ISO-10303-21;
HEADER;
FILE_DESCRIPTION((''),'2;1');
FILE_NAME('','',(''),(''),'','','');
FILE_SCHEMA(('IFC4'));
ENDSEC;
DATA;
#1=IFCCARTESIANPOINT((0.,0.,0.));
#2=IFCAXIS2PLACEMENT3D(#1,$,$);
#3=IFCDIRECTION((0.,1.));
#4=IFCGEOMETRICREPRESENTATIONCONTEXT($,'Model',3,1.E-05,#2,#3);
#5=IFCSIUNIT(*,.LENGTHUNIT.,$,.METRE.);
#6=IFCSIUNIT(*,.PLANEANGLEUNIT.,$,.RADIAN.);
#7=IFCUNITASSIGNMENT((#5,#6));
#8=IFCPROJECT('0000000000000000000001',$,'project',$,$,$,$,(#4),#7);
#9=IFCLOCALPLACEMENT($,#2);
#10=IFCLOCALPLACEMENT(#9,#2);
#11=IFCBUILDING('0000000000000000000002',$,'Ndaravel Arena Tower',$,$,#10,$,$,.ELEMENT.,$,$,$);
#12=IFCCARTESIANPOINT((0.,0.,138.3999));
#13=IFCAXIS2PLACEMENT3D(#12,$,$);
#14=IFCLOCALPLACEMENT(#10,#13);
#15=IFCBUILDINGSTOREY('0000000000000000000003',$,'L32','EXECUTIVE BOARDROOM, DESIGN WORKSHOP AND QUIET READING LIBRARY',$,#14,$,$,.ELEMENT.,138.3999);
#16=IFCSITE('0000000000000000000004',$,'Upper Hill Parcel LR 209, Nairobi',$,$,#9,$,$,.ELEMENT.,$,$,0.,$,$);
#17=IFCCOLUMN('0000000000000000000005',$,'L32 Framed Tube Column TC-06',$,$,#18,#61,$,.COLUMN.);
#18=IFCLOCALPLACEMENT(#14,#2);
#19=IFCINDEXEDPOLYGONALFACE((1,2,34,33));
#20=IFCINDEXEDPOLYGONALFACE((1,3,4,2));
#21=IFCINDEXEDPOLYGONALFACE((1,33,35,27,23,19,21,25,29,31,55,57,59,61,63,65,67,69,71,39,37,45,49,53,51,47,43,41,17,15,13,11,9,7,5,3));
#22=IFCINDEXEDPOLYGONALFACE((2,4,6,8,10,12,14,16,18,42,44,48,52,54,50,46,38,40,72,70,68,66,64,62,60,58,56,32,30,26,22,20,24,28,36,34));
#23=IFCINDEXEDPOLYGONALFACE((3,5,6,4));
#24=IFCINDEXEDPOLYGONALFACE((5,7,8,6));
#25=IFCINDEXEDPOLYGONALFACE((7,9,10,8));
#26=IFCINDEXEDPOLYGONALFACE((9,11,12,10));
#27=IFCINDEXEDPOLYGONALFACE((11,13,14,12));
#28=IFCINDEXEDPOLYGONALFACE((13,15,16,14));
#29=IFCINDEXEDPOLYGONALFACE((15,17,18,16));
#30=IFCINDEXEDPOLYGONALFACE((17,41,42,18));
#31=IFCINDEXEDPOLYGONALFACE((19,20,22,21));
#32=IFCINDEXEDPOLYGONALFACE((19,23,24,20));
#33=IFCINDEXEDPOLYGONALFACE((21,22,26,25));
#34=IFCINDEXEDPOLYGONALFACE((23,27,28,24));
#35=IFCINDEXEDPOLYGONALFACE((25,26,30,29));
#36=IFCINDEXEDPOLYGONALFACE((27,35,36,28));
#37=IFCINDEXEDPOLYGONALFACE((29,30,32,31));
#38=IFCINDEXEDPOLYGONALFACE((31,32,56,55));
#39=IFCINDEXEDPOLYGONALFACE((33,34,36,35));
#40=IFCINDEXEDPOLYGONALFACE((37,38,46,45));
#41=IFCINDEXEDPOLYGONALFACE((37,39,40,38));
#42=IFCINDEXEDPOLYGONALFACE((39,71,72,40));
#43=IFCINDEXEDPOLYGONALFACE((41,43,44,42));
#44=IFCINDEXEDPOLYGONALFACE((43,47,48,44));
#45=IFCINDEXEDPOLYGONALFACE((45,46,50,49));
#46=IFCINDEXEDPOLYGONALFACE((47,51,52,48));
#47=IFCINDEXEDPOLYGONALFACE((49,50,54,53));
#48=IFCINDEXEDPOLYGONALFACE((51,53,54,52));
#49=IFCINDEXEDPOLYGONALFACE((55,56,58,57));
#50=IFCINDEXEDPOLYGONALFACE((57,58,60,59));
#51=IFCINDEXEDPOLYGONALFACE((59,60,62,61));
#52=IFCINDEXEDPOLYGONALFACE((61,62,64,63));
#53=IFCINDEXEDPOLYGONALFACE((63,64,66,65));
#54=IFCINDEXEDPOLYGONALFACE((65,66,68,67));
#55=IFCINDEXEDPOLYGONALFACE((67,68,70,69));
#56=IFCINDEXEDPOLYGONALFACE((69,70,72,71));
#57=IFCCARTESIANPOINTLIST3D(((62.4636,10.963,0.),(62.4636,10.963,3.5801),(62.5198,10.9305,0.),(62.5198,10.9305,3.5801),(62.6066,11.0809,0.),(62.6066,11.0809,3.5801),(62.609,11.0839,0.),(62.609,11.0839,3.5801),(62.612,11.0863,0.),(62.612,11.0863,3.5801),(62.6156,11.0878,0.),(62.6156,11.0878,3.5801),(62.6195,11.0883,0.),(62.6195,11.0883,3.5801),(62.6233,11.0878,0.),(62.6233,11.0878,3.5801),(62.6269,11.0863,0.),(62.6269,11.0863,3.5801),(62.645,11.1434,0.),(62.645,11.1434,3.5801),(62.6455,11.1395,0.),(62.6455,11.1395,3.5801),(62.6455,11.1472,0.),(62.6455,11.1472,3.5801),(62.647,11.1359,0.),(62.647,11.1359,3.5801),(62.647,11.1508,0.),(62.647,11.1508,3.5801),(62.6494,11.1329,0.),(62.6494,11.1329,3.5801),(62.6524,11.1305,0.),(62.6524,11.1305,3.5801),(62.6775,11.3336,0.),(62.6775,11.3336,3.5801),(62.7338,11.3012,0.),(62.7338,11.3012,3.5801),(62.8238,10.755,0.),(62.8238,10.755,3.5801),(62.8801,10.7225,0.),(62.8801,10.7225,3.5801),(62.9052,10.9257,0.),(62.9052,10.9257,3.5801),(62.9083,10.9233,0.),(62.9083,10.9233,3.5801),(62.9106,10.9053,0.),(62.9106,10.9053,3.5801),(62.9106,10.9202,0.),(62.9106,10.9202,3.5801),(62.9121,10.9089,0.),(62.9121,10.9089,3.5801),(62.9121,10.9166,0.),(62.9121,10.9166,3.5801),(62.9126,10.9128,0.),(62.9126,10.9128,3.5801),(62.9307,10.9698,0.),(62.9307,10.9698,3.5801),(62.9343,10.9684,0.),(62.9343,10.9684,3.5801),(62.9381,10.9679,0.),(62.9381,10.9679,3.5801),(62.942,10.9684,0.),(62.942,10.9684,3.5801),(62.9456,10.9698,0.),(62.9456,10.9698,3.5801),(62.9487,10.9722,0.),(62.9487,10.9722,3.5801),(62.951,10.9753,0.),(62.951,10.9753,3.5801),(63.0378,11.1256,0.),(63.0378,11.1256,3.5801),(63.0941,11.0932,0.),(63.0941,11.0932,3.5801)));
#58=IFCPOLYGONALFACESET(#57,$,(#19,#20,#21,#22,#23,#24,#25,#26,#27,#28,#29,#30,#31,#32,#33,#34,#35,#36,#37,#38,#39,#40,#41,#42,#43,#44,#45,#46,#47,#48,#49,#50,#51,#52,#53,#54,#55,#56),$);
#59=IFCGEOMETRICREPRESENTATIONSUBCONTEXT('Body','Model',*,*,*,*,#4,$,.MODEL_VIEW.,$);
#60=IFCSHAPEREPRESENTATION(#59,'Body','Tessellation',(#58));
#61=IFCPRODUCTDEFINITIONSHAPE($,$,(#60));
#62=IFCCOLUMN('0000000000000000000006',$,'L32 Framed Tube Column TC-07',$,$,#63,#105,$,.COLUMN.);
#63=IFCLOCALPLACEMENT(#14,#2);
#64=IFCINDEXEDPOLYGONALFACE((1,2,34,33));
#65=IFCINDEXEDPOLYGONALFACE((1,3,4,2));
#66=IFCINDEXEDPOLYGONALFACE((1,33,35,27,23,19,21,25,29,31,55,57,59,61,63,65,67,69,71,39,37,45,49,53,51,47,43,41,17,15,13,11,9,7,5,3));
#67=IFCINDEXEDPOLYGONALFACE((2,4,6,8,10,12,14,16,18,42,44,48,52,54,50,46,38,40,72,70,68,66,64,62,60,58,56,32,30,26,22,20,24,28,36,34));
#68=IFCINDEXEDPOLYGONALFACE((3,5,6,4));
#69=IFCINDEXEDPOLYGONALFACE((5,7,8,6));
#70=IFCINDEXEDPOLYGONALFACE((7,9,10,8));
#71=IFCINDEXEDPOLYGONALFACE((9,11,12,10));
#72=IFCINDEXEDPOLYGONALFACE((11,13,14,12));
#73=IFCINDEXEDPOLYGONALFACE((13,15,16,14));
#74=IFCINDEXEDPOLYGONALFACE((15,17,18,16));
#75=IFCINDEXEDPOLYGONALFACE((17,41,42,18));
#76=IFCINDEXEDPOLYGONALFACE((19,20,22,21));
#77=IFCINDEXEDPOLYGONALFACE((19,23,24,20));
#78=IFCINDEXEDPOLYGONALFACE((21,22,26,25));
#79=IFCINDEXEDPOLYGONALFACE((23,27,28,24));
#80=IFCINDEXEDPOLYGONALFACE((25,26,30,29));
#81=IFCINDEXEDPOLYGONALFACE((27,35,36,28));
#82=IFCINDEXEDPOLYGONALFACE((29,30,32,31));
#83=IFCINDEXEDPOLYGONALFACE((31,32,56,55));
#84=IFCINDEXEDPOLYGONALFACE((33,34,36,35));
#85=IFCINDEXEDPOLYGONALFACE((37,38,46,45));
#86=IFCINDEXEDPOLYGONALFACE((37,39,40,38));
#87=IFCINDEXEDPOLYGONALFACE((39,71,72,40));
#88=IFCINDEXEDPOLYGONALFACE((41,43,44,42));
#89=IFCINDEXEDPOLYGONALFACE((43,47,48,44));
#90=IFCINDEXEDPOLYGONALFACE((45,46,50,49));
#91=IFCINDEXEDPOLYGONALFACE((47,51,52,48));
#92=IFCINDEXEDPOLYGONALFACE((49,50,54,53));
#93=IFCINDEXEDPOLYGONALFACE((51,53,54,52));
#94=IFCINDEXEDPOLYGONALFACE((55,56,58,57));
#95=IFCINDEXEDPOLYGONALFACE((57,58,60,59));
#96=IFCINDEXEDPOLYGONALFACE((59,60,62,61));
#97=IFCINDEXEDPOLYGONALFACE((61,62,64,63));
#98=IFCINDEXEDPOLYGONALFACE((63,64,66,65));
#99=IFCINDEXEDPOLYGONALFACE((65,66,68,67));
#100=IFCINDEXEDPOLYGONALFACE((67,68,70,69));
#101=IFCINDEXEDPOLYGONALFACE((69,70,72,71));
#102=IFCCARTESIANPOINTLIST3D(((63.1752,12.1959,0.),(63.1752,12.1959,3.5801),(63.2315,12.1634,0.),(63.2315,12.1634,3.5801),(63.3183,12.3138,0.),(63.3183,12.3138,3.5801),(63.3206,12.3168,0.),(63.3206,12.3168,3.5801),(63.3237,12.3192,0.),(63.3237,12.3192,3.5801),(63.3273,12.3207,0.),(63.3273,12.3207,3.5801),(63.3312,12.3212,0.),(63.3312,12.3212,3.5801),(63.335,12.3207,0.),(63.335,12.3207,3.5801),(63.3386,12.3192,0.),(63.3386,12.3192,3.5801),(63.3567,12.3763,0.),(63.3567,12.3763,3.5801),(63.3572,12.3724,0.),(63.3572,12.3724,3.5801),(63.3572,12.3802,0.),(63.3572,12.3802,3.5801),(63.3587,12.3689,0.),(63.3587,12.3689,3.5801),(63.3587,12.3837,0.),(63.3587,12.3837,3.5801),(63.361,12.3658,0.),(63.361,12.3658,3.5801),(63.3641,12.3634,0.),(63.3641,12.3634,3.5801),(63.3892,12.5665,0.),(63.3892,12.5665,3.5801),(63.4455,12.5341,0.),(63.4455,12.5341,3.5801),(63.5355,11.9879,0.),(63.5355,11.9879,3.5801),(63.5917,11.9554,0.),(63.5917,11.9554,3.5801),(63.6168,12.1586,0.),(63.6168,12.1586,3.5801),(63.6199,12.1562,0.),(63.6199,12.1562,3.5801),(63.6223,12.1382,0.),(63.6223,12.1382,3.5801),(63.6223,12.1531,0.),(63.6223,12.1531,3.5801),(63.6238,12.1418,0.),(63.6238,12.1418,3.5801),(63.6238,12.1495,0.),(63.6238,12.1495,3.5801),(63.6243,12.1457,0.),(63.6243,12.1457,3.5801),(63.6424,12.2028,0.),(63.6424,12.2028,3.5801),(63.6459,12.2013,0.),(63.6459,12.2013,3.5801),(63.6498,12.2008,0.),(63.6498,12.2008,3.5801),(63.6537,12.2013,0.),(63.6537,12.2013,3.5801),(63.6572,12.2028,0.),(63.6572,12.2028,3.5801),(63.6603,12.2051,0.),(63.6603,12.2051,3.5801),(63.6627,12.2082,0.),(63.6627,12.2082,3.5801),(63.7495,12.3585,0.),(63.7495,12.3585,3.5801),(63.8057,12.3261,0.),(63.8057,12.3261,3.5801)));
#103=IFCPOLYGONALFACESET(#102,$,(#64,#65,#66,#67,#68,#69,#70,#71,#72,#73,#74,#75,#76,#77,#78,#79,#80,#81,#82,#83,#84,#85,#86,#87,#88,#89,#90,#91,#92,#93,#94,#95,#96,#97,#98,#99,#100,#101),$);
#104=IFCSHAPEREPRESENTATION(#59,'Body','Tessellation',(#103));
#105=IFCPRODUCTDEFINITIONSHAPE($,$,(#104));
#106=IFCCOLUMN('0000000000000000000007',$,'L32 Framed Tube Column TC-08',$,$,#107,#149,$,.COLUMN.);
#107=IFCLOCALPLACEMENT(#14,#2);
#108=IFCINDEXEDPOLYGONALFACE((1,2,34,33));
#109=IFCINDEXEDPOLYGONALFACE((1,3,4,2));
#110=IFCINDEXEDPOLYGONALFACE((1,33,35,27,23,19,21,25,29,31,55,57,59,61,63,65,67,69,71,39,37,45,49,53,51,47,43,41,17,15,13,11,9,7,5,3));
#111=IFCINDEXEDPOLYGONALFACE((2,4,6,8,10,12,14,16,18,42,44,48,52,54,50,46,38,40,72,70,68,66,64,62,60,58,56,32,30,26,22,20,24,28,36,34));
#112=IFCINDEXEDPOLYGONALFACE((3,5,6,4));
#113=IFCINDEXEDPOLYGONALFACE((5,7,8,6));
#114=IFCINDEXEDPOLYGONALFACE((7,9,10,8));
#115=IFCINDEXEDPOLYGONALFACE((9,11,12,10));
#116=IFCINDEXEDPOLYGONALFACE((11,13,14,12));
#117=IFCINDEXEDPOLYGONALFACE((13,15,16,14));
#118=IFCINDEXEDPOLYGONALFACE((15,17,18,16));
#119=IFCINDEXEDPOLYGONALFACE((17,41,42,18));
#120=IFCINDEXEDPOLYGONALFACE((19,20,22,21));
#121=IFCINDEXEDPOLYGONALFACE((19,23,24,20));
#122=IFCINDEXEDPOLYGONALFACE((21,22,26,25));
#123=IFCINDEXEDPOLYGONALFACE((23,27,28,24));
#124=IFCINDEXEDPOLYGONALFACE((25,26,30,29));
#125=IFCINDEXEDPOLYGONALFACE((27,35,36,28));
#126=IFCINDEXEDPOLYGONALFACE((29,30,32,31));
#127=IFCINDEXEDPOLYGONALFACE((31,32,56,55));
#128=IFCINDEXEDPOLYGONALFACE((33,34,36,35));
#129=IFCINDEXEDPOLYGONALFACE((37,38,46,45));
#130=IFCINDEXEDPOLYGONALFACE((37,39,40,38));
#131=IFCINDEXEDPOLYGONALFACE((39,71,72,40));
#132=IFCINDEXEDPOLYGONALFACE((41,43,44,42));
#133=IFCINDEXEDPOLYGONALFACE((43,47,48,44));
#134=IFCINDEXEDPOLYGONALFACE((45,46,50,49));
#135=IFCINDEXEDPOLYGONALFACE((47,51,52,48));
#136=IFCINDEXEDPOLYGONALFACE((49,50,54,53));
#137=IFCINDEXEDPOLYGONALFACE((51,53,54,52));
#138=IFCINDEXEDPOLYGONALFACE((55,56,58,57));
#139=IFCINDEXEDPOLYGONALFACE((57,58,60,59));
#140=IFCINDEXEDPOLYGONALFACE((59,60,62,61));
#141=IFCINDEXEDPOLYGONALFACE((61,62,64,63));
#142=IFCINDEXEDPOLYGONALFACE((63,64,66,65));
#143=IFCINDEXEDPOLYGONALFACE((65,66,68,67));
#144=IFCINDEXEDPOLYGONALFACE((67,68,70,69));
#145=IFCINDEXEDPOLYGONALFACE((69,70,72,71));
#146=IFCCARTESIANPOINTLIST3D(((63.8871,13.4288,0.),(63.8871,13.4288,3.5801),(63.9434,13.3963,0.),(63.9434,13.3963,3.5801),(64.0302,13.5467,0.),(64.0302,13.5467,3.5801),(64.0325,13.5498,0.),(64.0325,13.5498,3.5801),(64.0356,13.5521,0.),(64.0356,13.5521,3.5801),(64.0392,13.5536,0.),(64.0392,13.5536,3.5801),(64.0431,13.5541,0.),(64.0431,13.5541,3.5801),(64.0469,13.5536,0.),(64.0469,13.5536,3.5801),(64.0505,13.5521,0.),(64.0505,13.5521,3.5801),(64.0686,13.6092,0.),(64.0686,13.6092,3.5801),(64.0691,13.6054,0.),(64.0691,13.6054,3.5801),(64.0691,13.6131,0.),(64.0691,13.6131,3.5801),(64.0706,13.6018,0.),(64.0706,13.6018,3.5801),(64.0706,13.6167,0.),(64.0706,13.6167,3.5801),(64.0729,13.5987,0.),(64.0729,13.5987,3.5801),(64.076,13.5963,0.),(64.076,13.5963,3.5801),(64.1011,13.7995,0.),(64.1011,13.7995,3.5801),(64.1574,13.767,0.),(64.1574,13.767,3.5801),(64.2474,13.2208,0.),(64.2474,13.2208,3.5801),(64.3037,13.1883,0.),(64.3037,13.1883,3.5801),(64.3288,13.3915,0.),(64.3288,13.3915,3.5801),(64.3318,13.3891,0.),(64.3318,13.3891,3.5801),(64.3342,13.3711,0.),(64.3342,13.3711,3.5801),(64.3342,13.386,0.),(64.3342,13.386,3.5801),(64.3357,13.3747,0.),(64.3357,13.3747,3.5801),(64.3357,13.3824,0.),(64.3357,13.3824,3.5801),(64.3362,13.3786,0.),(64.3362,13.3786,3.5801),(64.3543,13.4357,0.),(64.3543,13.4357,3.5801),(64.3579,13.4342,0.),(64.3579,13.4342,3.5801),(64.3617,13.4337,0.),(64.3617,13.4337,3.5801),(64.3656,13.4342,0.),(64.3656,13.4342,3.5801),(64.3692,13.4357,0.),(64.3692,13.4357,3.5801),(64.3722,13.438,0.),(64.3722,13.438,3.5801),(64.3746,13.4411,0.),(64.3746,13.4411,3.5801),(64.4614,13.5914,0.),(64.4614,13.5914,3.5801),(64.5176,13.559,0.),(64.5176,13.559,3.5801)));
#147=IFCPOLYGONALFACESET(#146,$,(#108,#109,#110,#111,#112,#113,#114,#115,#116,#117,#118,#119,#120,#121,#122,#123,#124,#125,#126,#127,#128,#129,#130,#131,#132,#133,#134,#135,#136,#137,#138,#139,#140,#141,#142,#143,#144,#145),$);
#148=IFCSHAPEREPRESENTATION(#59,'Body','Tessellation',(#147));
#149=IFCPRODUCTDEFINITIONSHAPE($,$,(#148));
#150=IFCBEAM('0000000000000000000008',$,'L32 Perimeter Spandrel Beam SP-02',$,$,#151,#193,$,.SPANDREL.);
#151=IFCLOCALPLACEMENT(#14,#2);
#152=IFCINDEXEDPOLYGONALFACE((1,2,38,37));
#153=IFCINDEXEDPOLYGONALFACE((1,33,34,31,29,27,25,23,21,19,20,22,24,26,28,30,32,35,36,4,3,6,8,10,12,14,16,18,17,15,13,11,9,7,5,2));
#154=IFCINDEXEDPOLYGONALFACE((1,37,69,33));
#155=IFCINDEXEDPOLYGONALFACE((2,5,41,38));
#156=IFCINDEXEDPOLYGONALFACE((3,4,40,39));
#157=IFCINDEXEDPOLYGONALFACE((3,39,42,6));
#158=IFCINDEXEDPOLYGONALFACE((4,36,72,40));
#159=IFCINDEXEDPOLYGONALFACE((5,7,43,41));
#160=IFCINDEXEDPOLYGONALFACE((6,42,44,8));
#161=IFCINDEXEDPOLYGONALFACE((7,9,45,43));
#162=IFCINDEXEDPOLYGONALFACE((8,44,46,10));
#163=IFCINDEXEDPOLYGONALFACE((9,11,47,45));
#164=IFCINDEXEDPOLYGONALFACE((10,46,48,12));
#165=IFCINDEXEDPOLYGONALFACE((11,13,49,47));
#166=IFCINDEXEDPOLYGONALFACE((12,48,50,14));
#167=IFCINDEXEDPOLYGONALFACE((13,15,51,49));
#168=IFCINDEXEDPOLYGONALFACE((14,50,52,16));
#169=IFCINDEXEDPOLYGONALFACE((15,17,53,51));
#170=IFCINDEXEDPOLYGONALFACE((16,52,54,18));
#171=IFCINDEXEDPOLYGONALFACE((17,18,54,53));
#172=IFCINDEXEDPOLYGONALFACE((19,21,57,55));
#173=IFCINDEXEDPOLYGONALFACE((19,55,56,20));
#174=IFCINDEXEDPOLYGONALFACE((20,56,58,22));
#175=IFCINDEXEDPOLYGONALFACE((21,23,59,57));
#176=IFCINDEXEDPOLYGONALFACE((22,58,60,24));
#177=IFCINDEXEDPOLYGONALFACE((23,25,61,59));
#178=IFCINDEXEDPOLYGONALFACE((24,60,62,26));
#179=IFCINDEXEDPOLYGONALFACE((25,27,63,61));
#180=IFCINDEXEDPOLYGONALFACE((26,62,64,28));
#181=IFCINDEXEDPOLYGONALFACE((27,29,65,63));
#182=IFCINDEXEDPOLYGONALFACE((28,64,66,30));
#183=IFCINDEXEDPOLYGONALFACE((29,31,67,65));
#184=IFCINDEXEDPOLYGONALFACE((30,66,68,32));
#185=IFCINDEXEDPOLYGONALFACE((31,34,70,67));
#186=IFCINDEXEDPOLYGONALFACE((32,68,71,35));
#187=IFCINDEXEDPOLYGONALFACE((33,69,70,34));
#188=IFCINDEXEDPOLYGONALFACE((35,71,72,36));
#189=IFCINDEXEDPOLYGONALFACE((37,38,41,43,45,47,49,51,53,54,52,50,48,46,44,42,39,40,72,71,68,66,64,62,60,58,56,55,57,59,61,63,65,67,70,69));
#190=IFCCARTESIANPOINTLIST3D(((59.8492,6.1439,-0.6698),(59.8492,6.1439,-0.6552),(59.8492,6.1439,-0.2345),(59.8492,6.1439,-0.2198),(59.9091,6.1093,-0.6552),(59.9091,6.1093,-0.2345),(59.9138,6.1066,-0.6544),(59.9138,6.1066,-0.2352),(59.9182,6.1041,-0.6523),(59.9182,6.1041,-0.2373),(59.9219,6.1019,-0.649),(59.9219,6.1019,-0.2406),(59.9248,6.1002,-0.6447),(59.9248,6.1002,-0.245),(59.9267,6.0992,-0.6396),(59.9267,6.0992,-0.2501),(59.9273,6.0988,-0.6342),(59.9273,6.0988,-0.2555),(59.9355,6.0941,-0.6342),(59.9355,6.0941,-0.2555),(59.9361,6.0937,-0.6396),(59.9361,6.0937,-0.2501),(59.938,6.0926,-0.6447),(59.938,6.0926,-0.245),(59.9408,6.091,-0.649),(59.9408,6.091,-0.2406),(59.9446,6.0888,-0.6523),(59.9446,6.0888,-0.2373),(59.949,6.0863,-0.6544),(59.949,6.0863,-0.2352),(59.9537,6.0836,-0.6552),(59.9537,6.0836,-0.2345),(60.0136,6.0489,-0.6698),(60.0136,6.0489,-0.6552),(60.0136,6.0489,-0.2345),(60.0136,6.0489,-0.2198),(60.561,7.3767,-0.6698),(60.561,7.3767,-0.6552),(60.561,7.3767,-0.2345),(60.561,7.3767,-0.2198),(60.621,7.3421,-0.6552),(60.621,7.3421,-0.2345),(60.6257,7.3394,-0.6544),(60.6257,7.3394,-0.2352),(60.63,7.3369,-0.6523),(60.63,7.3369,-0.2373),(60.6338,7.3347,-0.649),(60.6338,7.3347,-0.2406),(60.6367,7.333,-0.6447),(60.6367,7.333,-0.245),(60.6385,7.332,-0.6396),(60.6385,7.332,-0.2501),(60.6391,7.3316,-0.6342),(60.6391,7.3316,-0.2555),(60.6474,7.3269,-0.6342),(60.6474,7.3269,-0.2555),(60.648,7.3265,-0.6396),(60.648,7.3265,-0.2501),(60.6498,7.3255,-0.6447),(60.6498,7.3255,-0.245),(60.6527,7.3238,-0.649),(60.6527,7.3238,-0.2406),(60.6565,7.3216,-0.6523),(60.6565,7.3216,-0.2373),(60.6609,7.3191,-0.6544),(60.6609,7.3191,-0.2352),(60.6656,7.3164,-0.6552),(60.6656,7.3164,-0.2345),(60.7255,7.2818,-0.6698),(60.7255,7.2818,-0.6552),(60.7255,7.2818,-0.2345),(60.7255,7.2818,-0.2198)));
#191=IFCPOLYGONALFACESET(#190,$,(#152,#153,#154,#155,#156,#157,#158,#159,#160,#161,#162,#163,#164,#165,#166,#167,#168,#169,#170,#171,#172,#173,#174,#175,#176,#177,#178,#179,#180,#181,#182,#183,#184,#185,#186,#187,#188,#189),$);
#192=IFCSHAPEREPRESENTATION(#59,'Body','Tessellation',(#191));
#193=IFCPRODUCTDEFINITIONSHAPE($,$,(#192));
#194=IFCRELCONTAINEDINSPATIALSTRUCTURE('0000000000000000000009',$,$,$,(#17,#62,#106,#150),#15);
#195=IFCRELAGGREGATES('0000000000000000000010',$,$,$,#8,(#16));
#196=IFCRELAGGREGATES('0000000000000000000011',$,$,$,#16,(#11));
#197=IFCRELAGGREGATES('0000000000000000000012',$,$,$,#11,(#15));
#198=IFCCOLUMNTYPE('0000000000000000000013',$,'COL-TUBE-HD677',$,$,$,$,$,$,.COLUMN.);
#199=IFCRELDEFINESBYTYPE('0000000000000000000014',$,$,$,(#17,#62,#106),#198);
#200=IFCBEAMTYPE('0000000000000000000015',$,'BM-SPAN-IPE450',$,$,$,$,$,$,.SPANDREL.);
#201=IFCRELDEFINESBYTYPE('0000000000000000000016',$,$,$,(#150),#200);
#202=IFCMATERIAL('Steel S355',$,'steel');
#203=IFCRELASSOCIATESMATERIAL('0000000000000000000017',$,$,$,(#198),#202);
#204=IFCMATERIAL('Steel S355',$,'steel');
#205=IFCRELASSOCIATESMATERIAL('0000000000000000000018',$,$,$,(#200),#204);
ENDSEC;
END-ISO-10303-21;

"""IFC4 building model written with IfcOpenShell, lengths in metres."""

from ifc_helpers import new_model, si_unit, direction, frame, origin, origin_2d, place, context, subcontext, project, spatial, i_section, extrude, material, material_profile, profile_set, type_object, element, save


model = new_model("IFC4")

# Units and contexts
model_context = context("Model", 3, precision=1e-05, world=origin(), true_north=direction((0.0, 1.0)))
body_context = subcontext(model_context, "Body", "Model", "MODEL_VIEW")
ifc_project = project(units=[si_unit("LENGTHUNIT", "METRE"), si_unit("PLANEANGLEUNIT", "RADIAN")], contexts=[model_context])

# Site, building, storey
site_placement = place(None, origin())
site = spatial("IfcSite", under=ifc_project, at=site_placement, Name="Upper Hill Parcel LR 209, Nairobi", CompositionType="ELEMENT", RefElevation=0.0)
building_placement = place(site_placement, origin())
building = spatial("IfcBuilding", under=site, at=building_placement, Name="Ndaravel Arena Tower", CompositionType="ELEMENT")
storey_placement = place(building_placement, frame((0.0, 0.0, 138.3999)))
storey = spatial("IfcBuildingStorey", under=building, at=storey_placement, Name="L32", Description="EXECUTIVE BOARDROOM, DESIGN WORKSHOP AND QUIET READING LIBRARY", CompositionType="ELEMENT", Elevation=138.3999)

# Columns
ifc_material_1 = material(Name="Steel S355", Category="steel")
ifc_material_profile_1 = material_profile(ifc_material_1, i_section(OverallWidth=0.428, OverallDepth=0.481, WebThickness=0.051, FlangeThickness=0.0649, FilletRadius=0.0149, at=origin_2d()), Name="HD 400x677")
ifc_profile_set_1 = profile_set([ifc_material_profile_1], Name="Steel S355")
column_type = type_object("IfcColumnType", Name="COL-TUBE-HD677", PredefinedType="COLUMN", material=ifc_profile_set_1)
for number, where, z_axis, x_axis, name in (
    (1, (62.7788, 11.0281, 0.0), (0.0, 0.0, 1.0), (0.5, 0.866025, 0.0), "L32 Framed Tube Column TC-06"),
    (2, (63.4905, 12.261, 0.0), (0.0, 0.0, 1.0), (0.5, 0.866025, 0.0), "L32 Framed Tube Column TC-07"),
    (3, (64.2024, 13.4939, 0.0), (0.0, 0.0, 1.0), (0.5, 0.866025, 0.0), "L32 Framed Tube Column TC-08"),
):
    element("IfcColumn", number, at=place(storey_placement, frame(where, z_axis=z_axis, x_axis=x_axis)), inside=storey, type_object=column_type, Name=name, PredefinedType="COLUMN", context=body_context, shape_type="SweptSolid", body=[
        extrude(i_section(OverallWidth=0.428, OverallDepth=0.481, WebThickness=0.051, FlangeThickness=0.0649, FilletRadius=0.0149, at=origin_2d()), origin(), (0.0, 0.0, 1.0), 3.5801),
    ])

# Beam
ifc_material_2 = material(Name="Steel S355", Category="steel")
ifc_material_profile_2 = material_profile(ifc_material_2, i_section(OverallWidth=0.1899, OverallDepth=0.45, WebThickness=0.0095, FlangeThickness=0.0146, FilletRadius=0.021, at=origin_2d()), Name="IPE 450")
ifc_profile_set_2 = profile_set([ifc_material_profile_2], Name="Steel S355")
beam_type = type_object("IfcBeamType", Name="BM-SPAN-IPE450", PredefinedType="SPANDREL", material=ifc_profile_set_2)
for number, where, z_axis, x_axis, name in (
    (4, (59.9314, 6.0964, -0.4448), (0.500049, 0.865997, 0.0), (-0.865997, 0.500049, 0.0), "L32 Perimeter Spandrel Beam SP-02"),
):
    element("IfcBeam", number, at=place(storey_placement, frame(where, z_axis=z_axis, x_axis=x_axis)), inside=storey, type_object=beam_type, Name=name, PredefinedType="SPANDREL", context=body_context, shape_type="SweptSolid", body=[
        extrude(i_section(OverallWidth=0.1899, OverallDepth=0.45, WebThickness=0.0095, FlangeThickness=0.0146, FilletRadius=0.021, at=origin_2d()), origin(), (0.0, 0.0, 1.0), 1.4236),
    ])

save(model, "model.ifc")
